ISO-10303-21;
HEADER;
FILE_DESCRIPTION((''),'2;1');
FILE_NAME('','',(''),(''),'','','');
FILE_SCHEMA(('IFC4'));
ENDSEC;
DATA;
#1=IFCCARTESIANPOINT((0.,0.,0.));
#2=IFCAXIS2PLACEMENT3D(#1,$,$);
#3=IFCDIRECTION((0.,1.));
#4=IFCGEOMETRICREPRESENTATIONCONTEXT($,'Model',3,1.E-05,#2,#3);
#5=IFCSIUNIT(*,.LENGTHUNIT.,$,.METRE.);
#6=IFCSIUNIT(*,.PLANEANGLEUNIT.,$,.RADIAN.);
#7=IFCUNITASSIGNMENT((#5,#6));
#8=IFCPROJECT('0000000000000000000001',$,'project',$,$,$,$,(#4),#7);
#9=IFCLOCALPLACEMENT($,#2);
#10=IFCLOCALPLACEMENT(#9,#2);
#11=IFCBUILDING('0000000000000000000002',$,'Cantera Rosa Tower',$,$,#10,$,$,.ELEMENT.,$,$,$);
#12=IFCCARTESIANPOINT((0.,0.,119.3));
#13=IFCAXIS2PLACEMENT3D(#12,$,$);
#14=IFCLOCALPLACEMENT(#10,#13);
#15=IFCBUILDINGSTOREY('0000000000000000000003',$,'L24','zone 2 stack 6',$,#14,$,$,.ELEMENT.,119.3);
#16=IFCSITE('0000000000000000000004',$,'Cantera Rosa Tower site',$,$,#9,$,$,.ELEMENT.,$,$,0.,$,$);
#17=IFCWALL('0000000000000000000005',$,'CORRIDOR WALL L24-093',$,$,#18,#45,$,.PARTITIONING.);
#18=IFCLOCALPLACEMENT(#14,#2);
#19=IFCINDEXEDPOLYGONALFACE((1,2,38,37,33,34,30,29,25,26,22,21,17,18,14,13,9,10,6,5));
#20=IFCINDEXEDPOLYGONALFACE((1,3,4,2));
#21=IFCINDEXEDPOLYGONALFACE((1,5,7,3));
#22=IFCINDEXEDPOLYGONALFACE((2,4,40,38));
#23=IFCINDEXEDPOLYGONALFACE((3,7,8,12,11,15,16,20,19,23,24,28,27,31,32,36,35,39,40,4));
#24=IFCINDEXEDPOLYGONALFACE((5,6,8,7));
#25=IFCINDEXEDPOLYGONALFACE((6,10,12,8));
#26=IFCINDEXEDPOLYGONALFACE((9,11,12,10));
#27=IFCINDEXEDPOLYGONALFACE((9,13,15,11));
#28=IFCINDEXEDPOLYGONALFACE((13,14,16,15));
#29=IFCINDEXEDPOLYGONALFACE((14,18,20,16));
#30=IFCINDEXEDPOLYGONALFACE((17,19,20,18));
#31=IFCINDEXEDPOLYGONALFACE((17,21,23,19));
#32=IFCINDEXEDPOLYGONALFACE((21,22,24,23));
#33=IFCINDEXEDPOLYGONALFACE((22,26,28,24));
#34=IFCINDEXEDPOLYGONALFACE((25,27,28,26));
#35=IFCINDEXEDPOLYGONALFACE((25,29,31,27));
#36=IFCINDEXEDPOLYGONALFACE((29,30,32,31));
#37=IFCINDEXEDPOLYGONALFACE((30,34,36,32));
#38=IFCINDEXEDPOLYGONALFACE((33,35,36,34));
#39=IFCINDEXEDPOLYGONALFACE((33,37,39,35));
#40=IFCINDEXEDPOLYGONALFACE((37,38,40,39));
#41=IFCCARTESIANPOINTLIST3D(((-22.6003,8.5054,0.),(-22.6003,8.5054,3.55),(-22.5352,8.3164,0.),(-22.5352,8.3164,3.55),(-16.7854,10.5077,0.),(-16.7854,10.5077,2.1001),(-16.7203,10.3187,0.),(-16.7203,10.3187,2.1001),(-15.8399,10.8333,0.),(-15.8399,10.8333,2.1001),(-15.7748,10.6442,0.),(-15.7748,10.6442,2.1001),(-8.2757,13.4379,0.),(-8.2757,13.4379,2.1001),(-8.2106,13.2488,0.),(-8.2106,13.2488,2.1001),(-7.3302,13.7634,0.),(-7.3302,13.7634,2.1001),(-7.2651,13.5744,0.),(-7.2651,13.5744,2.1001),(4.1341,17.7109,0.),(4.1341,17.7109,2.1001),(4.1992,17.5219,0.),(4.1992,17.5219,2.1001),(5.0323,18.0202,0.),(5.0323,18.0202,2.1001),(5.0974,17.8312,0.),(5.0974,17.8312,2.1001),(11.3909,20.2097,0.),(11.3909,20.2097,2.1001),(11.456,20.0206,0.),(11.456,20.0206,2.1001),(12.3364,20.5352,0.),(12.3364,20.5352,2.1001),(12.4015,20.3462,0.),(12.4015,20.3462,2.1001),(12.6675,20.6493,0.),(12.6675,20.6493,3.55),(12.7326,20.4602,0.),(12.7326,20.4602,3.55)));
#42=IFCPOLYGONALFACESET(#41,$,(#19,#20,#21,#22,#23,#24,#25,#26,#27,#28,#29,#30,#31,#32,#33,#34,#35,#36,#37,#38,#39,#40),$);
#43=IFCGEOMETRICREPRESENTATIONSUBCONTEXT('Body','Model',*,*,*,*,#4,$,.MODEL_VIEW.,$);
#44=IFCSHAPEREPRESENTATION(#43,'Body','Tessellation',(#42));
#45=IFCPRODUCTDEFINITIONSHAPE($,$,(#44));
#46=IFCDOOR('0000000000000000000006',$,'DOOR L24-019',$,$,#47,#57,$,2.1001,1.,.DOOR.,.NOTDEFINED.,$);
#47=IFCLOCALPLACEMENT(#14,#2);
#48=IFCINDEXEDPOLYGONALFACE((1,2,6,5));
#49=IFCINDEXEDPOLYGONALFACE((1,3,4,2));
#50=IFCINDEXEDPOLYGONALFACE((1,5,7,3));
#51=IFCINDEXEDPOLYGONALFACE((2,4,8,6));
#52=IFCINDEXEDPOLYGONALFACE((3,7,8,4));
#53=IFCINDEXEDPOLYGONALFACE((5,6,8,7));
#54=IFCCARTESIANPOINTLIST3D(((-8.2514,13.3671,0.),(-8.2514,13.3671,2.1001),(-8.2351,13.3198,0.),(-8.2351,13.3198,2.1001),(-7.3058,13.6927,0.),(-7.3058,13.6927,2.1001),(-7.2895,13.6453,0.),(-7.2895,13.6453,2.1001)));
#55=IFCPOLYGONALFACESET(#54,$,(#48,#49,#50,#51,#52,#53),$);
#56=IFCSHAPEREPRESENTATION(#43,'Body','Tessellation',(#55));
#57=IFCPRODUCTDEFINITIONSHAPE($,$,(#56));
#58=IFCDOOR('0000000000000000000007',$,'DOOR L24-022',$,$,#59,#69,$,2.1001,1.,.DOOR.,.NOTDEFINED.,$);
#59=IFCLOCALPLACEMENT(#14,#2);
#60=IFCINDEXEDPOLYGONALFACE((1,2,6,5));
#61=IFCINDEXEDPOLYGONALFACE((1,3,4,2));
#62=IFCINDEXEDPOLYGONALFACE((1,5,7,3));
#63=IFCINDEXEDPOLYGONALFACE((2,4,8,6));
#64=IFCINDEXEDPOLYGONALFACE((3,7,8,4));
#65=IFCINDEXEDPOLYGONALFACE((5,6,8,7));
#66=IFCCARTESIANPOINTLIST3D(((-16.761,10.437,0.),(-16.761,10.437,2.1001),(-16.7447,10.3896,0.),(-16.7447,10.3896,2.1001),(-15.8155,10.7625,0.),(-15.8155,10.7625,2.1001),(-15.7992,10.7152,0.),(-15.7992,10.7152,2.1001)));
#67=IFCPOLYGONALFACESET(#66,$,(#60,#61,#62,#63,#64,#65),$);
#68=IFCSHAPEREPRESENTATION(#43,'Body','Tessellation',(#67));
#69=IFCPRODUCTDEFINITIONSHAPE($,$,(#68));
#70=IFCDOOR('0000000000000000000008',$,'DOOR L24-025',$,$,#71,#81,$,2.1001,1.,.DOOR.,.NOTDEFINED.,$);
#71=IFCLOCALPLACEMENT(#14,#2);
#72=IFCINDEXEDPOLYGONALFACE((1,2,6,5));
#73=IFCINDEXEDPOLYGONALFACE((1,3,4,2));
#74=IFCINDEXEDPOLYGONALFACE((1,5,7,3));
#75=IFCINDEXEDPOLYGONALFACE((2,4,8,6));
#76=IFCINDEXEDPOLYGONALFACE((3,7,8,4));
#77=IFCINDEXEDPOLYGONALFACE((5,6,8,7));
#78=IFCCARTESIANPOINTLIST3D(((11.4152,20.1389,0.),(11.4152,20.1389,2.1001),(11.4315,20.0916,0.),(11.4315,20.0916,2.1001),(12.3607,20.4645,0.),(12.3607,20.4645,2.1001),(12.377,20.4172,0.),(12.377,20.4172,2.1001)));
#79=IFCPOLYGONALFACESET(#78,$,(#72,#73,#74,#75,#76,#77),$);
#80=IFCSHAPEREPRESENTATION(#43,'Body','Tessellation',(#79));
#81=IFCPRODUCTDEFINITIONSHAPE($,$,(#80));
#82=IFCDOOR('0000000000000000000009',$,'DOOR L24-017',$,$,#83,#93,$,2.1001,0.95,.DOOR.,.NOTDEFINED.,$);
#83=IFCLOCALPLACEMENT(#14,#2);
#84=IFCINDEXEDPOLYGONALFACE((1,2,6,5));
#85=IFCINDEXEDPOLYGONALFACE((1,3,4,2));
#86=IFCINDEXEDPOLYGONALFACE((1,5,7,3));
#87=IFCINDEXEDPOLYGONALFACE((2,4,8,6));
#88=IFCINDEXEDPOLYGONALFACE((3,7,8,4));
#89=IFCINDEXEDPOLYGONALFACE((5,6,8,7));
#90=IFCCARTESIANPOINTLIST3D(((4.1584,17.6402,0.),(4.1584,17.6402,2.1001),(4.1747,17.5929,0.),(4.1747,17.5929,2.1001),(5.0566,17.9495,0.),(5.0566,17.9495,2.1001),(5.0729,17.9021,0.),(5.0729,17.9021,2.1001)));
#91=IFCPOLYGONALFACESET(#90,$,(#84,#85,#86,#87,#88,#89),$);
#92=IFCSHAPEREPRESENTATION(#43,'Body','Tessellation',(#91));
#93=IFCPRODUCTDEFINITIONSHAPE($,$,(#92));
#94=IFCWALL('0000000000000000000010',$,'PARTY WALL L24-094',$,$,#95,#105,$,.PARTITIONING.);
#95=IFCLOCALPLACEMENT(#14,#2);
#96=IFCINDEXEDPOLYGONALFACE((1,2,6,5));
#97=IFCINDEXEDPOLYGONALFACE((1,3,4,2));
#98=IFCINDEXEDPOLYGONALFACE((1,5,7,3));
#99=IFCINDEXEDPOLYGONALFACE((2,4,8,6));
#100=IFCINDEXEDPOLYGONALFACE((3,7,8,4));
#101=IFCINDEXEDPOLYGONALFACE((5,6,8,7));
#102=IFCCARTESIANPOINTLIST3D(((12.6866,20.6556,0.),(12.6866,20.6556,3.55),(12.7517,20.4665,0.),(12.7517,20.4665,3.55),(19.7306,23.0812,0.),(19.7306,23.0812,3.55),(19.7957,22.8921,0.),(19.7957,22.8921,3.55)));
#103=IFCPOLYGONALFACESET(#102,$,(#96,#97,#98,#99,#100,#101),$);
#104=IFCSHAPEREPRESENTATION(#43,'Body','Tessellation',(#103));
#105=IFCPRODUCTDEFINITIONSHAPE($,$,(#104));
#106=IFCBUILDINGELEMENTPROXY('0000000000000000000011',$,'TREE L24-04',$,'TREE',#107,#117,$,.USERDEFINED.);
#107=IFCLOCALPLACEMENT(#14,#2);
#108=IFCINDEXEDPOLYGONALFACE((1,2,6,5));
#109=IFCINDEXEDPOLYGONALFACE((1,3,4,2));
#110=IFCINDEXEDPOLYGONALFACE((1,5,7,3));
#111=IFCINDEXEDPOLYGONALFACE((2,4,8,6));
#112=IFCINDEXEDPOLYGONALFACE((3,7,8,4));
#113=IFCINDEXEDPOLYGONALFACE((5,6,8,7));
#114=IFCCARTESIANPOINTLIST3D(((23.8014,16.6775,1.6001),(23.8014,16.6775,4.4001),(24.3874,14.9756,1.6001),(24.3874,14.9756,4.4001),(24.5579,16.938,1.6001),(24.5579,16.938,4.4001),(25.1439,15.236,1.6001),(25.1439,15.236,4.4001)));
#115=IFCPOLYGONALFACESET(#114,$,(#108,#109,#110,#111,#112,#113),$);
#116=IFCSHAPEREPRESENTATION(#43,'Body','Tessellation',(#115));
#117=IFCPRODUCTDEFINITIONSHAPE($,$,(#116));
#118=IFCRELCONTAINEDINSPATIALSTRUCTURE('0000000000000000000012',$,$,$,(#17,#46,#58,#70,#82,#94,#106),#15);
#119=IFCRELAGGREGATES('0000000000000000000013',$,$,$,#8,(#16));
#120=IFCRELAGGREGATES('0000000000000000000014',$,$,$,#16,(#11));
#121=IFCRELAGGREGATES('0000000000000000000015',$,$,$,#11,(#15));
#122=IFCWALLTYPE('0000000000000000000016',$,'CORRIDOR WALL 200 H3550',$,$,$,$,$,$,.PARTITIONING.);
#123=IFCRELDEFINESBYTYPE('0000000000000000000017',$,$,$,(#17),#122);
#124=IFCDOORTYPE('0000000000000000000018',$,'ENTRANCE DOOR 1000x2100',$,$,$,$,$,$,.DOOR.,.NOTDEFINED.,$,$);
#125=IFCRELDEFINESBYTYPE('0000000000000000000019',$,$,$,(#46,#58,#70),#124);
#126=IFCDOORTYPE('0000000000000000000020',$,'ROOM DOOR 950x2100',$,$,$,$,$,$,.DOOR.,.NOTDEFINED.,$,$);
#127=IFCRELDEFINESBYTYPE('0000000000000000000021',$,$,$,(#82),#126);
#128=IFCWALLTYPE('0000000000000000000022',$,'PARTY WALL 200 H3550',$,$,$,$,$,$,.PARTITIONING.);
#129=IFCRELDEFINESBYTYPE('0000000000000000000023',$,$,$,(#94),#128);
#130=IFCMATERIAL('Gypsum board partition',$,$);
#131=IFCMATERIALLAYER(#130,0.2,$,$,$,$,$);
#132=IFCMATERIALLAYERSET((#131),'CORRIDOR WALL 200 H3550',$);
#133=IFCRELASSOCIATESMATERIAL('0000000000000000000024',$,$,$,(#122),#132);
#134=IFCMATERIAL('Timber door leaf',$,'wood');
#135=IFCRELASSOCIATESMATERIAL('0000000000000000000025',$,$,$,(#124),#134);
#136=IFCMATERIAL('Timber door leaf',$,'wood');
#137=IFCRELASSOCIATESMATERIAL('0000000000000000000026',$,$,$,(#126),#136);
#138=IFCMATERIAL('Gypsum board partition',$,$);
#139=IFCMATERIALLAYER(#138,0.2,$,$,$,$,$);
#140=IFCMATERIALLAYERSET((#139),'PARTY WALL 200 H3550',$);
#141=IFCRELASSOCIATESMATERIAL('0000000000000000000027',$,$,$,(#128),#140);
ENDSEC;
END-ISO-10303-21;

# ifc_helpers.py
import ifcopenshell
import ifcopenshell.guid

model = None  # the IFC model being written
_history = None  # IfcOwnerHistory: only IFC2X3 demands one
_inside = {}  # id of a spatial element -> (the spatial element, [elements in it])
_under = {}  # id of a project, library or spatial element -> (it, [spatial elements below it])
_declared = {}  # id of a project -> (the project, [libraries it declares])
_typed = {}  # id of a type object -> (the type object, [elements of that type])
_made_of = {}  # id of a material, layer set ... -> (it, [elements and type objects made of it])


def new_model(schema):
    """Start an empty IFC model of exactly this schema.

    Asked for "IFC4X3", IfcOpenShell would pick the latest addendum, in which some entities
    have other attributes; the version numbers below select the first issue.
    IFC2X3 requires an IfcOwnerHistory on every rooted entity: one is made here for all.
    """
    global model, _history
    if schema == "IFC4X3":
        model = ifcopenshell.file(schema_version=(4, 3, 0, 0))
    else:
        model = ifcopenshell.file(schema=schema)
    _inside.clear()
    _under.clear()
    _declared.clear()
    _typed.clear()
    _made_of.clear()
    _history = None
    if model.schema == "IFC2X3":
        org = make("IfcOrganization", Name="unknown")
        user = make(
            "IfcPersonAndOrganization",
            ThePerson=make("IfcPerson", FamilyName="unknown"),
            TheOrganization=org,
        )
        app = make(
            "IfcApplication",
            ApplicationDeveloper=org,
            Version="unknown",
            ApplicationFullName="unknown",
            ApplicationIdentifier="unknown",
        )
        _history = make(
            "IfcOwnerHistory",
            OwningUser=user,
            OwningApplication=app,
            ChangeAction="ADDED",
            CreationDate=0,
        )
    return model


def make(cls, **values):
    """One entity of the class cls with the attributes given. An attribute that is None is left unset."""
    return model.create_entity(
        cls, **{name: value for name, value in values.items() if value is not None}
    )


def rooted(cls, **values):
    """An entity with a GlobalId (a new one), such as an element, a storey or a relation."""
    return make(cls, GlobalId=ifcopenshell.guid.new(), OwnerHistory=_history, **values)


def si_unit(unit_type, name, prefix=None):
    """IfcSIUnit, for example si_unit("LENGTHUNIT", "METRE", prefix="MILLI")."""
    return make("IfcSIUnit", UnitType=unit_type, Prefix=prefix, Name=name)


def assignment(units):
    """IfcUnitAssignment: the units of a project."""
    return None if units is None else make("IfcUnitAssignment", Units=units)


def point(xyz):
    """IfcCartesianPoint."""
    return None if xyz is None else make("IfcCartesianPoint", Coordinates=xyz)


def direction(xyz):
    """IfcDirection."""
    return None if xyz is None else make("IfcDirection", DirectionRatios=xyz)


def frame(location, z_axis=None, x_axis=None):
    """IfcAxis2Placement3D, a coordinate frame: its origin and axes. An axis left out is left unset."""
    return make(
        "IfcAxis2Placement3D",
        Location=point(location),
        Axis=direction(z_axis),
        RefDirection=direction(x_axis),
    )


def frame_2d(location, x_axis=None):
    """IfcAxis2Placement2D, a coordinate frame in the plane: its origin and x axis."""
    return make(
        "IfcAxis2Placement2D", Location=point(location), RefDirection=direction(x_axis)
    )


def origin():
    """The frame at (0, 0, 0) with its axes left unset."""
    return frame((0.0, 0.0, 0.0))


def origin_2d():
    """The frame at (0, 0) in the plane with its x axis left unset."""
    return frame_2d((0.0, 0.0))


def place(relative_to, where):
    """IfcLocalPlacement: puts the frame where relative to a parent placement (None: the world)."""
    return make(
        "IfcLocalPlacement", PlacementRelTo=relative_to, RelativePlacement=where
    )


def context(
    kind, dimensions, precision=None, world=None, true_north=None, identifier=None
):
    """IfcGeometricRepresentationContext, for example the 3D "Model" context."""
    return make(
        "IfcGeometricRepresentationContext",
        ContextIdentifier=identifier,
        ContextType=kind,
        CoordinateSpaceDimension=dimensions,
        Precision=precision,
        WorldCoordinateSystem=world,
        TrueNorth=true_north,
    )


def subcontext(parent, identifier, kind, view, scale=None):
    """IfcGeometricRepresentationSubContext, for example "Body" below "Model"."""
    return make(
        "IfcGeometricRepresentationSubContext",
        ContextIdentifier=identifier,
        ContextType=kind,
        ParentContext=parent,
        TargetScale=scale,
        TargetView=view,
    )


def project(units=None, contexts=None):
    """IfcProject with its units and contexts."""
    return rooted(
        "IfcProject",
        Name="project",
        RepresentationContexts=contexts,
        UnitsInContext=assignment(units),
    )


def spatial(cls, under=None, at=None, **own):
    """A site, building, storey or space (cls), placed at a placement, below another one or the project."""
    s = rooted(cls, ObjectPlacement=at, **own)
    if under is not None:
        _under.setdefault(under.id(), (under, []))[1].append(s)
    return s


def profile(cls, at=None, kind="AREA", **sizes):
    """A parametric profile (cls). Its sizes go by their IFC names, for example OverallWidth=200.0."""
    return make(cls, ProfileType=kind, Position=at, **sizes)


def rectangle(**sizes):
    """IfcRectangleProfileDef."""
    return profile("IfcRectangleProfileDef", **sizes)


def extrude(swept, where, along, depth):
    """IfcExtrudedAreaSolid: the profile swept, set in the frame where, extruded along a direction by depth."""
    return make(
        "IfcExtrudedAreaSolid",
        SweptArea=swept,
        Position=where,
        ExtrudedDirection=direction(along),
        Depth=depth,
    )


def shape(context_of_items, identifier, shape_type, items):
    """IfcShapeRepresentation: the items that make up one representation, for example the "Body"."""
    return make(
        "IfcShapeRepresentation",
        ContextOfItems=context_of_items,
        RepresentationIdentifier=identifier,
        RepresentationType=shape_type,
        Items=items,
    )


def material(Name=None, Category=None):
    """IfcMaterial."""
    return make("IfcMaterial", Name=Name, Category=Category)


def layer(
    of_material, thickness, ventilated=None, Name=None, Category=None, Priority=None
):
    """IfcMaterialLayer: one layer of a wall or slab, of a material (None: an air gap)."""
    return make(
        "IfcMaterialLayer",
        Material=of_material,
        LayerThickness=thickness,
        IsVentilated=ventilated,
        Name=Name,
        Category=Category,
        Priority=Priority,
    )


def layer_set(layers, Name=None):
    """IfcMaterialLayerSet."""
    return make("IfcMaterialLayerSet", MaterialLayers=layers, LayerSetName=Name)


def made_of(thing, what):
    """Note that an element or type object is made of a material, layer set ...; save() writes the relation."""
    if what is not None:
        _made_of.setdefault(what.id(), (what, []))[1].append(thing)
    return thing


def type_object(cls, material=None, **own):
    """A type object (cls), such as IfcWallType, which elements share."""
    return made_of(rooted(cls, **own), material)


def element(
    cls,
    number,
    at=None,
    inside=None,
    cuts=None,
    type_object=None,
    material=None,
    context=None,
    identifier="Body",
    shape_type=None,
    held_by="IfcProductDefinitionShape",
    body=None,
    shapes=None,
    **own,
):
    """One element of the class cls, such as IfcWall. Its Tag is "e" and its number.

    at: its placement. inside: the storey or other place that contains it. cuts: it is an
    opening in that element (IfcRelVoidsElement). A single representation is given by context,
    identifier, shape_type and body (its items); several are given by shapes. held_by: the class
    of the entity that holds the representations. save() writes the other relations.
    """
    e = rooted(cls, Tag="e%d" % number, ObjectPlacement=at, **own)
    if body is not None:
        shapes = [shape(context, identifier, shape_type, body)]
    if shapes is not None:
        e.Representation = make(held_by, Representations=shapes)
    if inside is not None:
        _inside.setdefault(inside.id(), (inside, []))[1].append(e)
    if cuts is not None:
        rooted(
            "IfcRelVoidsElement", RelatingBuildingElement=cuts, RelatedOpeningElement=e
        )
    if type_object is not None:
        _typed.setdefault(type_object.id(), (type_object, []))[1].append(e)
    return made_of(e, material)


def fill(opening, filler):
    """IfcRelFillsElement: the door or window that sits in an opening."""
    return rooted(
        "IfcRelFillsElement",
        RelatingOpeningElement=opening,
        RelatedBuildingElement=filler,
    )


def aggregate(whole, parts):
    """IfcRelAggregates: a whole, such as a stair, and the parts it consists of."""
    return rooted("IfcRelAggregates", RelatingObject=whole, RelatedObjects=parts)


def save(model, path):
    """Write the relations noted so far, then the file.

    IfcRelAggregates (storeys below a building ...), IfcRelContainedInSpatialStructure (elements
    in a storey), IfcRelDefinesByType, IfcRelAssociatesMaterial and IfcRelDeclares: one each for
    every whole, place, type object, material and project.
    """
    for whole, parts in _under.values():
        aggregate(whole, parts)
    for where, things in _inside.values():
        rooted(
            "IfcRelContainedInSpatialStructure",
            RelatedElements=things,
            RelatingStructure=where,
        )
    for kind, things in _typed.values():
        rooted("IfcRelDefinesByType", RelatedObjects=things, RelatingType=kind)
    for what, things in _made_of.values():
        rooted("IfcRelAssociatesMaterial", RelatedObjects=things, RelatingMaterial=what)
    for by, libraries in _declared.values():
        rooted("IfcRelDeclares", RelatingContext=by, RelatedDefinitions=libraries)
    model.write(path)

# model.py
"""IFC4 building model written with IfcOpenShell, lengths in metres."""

from ifc_helpers import new_model, si_unit, direction, frame, frame_2d, origin, origin_2d, place, context, subcontext, project, spatial, rectangle, extrude, material, layer, layer_set, type_object, element, fill, save


model = new_model("IFC4")

# Units and contexts
model_context = context("Model", 3, precision=1e-05, world=origin(), true_north=direction((0.0, 1.0)))
body_context = subcontext(model_context, "Body", "Model", "MODEL_VIEW")
ifc_project = project(units=[si_unit("LENGTHUNIT", "METRE"), si_unit("PLANEANGLEUNIT", "RADIAN")], contexts=[model_context])

# Site, building, storey
site_placement = place(None, origin())
site = spatial("IfcSite", under=ifc_project, at=site_placement, Name="Cantera Rosa Tower site", CompositionType="ELEMENT", RefElevation=0.0)
building_placement = place(site_placement, origin())
building = spatial("IfcBuilding", under=site, at=building_placement, Name="Cantera Rosa Tower", CompositionType="ELEMENT")
storey_placement = place(building_placement, frame((0.0, 0.0, 119.3)))
storey = spatial("IfcBuildingStorey", under=building, at=storey_placement, Name="L24", Description="zone 2 stack 6", CompositionType="ELEMENT", Elevation=119.3)

# Shared definitions
ifc_material_1 = material(Name="Gypsum board partition")
ifc_layer_1 = layer(ifc_material_1, 0.2)
ifc_layer_set_1 = layer_set([ifc_layer_1], Name="CORRIDOR WALL 200 H3550")
wall_type_1 = type_object("IfcWallType", Name="CORRIDOR WALL 200 H3550", PredefinedType="PARTITIONING", material=ifc_layer_set_1)

# Wall, openings, doors
wall_1_placement = place(storey_placement, frame((12.7, 20.5547, 0.0), z_axis=(0.0, 0.0, 1.0), x_axis=(-0.945518, -0.325571, 0.0)))
wall_1 = element("IfcWall", 1, at=wall_1_placement, inside=storey, type_object=wall_type_1, Name="CORRIDOR WALL L24-093", PredefinedType="PARTITIONING", context=body_context, shape_type="SweptSolid", body=[
    extrude(rectangle(XDim=37.3, YDim=0.2, at=frame_2d((18.6499, 0.0))), origin(), (0.0, 0.0, 1.0), 3.55),
])
opening_1_placement = place(wall_1_placement, frame((8.075, 0.0, 0.0)))
opening_1 = element("IfcOpeningElement", 2, at=opening_1_placement, cuts=wall_1, PredefinedType="OPENING", context=body_context, shape_type="SweptSolid", body=[
    extrude(rectangle(XDim=0.95, YDim=2.1001, at=frame_2d((0.4751, 1.05))), frame((0.0, 0.1099, 0.0), z_axis=(0.0, -1.0, 0.0), x_axis=(1.0, 0.0, 0.0)), (0.0, 0.0, 1.0), 0.22),
])
opening_2_placement = place(wall_1_placement, frame((21.1499, 0.0, 0.0)))
opening_2 = element("IfcOpeningElement", 3, at=opening_2_placement, cuts=wall_1, PredefinedType="OPENING", context=body_context, shape_type="SweptSolid", body=[
    extrude(rectangle(XDim=1.0, YDim=2.1001, at=frame_2d((0.5, 1.05))), frame((0.0, 0.1099, 0.0), z_axis=(0.0, -1.0, 0.0), x_axis=(1.0, 0.0, 0.0)), (0.0, 0.0, 1.0), 0.22),
])
opening_3_placement = place(wall_1_placement, frame((30.1499, 0.0, 0.0)))
opening_3 = element("IfcOpeningElement", 4, at=opening_3_placement, cuts=wall_1, PredefinedType="OPENING", context=body_context, shape_type="SweptSolid", body=[
    extrude(rectangle(XDim=1.0, YDim=2.1001, at=frame_2d((0.5, 1.05))), frame((0.0, 0.1099, 0.0), z_axis=(0.0, -1.0, 0.0), x_axis=(1.0, 0.0, 0.0)), (0.0, 0.0, 1.0), 0.22),
])
opening_4_placement = place(wall_1_placement, frame((0.3501, 0.0, 0.0)))
opening_4 = element("IfcOpeningElement", 5, at=opening_4_placement, cuts=wall_1, PredefinedType="OPENING", context=body_context, shape_type="SweptSolid", body=[
    extrude(rectangle(XDim=1.0, YDim=2.1001, at=frame_2d((0.5, 1.05))), frame((0.0, 0.1099, 0.0), z_axis=(0.0, -1.0, 0.0), x_axis=(1.0, 0.0, 0.0)), (0.0, 0.0, 1.0), 0.22),
])
ifc_material_2 = material(Name="Timber door leaf", Category="wood")
door_type_1 = type_object("IfcDoorType", Name="ENTRANCE DOOR 1000x2100", OperationType="NOTDEFINED", PredefinedType="DOOR", material=ifc_material_2)
door_1_placement = place(opening_2_placement, origin())
door_1 = element("IfcDoor", 6, at=door_1_placement, inside=storey, type_object=door_type_1, Name="DOOR L24-019", OperationType="NOTDEFINED", OverallHeight=2.1001, OverallWidth=1.0, PredefinedType="DOOR", context=body_context, shape_type="SweptSolid", body=[
    extrude(rectangle(XDim=1.0, YDim=2.1001, at=frame_2d((0.5, 1.05))), frame((0.0, 0.0249, 0.0), z_axis=(0.0, -1.0, 0.0), x_axis=(1.0, 0.0, 0.0)), (0.0, 0.0, 1.0), 0.05),
])
fill(opening_2, door_1)
door_2_placement = place(opening_3_placement, origin())
door_2 = element("IfcDoor", 7, at=door_2_placement, inside=storey, type_object=door_type_1, Name="DOOR L24-022", OperationType="NOTDEFINED", OverallHeight=2.1001, OverallWidth=1.0, PredefinedType="DOOR", context=body_context, shape_type="SweptSolid", body=[
    extrude(rectangle(XDim=1.0, YDim=2.1001, at=frame_2d((0.5, 1.05))), frame((0.0, 0.0249, 0.0), z_axis=(0.0, -1.0, 0.0), x_axis=(1.0, 0.0, 0.0)), (0.0, 0.0, 1.0), 0.05),
])
fill(opening_3, door_2)
door_3_placement = place(opening_4_placement, origin())
door_3 = element("IfcDoor", 8, at=door_3_placement, inside=storey, type_object=door_type_1, Name="DOOR L24-025", OperationType="NOTDEFINED", OverallHeight=2.1001, OverallWidth=1.0, PredefinedType="DOOR", context=body_context, shape_type="SweptSolid", body=[
    extrude(rectangle(XDim=1.0, YDim=2.1001, at=frame_2d((0.5, 1.05))), frame((0.0, 0.0249, 0.0), z_axis=(0.0, -1.0, 0.0), x_axis=(1.0, 0.0, 0.0)), (0.0, 0.0, 1.0), 0.05),
])
fill(opening_4, door_3)
ifc_material_3 = material(Name="Timber door leaf", Category="wood")
door_type_2 = type_object("IfcDoorType", Name="ROOM DOOR 950x2100", OperationType="NOTDEFINED", PredefinedType="DOOR", material=ifc_material_3)
door_4_placement = place(opening_1_placement, origin())
door_4 = element("IfcDoor", 9, at=door_4_placement, inside=storey, type_object=door_type_2, Name="DOOR L24-017", OperationType="NOTDEFINED", OverallHeight=2.1001, OverallWidth=0.95, PredefinedType="DOOR", context=body_context, shape_type="SweptSolid", body=[
    extrude(rectangle(XDim=0.95, YDim=2.1001, at=frame_2d((0.4751, 1.05))), frame((0.0, 0.0249, 0.0), z_axis=(0.0, -1.0, 0.0), x_axis=(1.0, 0.0, 0.0)), (0.0, 0.0, 1.0), 0.05),
])
fill(opening_1, door_4)

# Wall
ifc_material_4 = material(Name="Gypsum board partition")
ifc_layer_2 = layer(ifc_material_4, 0.2)
ifc_layer_set_2 = layer_set([ifc_layer_2], Name="PARTY WALL 200 H3550")
wall_type_2 = type_object("IfcWallType", Name="PARTY WALL 200 H3550", PredefinedType="PARTITIONING", material=ifc_layer_set_2)
wall_2_placement = place(storey_placement, frame((12.719, 20.561, 0.0), z_axis=(0.0, 0.0, 1.0), x_axis=(0.945514, 0.325582, 0.0)))
element("IfcWall", 10, at=wall_2_placement, inside=storey, type_object=wall_type_2, Name="PARTY WALL L24-094", PredefinedType="PARTITIONING", context=body_context, shape_type="SweptSolid", body=[
    extrude(rectangle(XDim=7.45, YDim=0.2, at=frame_2d((3.7251, 0.0))), origin(), (0.0, 0.0, 1.0), 3.55),
])

# Building element proxy
proxy_placement = place(storey_placement, frame((24.4727, 15.9568, 1.6001), z_axis=(0.0, 0.0, 1.0), x_axis=(-0.325568, 0.945519, 0.0)))
element("IfcBuildingElementProxy", 11, at=proxy_placement, inside=storey, Name="TREE L24-04", ObjectType="TREE", PredefinedType="USERDEFINED", context=body_context, shape_type="SweptSolid", body=[
    extrude(rectangle(XDim=1.8, YDim=0.8, at=origin_2d()), origin(), (0.0, 0.0, 1.0), 2.8),
])

save(model, "model.ifc")
